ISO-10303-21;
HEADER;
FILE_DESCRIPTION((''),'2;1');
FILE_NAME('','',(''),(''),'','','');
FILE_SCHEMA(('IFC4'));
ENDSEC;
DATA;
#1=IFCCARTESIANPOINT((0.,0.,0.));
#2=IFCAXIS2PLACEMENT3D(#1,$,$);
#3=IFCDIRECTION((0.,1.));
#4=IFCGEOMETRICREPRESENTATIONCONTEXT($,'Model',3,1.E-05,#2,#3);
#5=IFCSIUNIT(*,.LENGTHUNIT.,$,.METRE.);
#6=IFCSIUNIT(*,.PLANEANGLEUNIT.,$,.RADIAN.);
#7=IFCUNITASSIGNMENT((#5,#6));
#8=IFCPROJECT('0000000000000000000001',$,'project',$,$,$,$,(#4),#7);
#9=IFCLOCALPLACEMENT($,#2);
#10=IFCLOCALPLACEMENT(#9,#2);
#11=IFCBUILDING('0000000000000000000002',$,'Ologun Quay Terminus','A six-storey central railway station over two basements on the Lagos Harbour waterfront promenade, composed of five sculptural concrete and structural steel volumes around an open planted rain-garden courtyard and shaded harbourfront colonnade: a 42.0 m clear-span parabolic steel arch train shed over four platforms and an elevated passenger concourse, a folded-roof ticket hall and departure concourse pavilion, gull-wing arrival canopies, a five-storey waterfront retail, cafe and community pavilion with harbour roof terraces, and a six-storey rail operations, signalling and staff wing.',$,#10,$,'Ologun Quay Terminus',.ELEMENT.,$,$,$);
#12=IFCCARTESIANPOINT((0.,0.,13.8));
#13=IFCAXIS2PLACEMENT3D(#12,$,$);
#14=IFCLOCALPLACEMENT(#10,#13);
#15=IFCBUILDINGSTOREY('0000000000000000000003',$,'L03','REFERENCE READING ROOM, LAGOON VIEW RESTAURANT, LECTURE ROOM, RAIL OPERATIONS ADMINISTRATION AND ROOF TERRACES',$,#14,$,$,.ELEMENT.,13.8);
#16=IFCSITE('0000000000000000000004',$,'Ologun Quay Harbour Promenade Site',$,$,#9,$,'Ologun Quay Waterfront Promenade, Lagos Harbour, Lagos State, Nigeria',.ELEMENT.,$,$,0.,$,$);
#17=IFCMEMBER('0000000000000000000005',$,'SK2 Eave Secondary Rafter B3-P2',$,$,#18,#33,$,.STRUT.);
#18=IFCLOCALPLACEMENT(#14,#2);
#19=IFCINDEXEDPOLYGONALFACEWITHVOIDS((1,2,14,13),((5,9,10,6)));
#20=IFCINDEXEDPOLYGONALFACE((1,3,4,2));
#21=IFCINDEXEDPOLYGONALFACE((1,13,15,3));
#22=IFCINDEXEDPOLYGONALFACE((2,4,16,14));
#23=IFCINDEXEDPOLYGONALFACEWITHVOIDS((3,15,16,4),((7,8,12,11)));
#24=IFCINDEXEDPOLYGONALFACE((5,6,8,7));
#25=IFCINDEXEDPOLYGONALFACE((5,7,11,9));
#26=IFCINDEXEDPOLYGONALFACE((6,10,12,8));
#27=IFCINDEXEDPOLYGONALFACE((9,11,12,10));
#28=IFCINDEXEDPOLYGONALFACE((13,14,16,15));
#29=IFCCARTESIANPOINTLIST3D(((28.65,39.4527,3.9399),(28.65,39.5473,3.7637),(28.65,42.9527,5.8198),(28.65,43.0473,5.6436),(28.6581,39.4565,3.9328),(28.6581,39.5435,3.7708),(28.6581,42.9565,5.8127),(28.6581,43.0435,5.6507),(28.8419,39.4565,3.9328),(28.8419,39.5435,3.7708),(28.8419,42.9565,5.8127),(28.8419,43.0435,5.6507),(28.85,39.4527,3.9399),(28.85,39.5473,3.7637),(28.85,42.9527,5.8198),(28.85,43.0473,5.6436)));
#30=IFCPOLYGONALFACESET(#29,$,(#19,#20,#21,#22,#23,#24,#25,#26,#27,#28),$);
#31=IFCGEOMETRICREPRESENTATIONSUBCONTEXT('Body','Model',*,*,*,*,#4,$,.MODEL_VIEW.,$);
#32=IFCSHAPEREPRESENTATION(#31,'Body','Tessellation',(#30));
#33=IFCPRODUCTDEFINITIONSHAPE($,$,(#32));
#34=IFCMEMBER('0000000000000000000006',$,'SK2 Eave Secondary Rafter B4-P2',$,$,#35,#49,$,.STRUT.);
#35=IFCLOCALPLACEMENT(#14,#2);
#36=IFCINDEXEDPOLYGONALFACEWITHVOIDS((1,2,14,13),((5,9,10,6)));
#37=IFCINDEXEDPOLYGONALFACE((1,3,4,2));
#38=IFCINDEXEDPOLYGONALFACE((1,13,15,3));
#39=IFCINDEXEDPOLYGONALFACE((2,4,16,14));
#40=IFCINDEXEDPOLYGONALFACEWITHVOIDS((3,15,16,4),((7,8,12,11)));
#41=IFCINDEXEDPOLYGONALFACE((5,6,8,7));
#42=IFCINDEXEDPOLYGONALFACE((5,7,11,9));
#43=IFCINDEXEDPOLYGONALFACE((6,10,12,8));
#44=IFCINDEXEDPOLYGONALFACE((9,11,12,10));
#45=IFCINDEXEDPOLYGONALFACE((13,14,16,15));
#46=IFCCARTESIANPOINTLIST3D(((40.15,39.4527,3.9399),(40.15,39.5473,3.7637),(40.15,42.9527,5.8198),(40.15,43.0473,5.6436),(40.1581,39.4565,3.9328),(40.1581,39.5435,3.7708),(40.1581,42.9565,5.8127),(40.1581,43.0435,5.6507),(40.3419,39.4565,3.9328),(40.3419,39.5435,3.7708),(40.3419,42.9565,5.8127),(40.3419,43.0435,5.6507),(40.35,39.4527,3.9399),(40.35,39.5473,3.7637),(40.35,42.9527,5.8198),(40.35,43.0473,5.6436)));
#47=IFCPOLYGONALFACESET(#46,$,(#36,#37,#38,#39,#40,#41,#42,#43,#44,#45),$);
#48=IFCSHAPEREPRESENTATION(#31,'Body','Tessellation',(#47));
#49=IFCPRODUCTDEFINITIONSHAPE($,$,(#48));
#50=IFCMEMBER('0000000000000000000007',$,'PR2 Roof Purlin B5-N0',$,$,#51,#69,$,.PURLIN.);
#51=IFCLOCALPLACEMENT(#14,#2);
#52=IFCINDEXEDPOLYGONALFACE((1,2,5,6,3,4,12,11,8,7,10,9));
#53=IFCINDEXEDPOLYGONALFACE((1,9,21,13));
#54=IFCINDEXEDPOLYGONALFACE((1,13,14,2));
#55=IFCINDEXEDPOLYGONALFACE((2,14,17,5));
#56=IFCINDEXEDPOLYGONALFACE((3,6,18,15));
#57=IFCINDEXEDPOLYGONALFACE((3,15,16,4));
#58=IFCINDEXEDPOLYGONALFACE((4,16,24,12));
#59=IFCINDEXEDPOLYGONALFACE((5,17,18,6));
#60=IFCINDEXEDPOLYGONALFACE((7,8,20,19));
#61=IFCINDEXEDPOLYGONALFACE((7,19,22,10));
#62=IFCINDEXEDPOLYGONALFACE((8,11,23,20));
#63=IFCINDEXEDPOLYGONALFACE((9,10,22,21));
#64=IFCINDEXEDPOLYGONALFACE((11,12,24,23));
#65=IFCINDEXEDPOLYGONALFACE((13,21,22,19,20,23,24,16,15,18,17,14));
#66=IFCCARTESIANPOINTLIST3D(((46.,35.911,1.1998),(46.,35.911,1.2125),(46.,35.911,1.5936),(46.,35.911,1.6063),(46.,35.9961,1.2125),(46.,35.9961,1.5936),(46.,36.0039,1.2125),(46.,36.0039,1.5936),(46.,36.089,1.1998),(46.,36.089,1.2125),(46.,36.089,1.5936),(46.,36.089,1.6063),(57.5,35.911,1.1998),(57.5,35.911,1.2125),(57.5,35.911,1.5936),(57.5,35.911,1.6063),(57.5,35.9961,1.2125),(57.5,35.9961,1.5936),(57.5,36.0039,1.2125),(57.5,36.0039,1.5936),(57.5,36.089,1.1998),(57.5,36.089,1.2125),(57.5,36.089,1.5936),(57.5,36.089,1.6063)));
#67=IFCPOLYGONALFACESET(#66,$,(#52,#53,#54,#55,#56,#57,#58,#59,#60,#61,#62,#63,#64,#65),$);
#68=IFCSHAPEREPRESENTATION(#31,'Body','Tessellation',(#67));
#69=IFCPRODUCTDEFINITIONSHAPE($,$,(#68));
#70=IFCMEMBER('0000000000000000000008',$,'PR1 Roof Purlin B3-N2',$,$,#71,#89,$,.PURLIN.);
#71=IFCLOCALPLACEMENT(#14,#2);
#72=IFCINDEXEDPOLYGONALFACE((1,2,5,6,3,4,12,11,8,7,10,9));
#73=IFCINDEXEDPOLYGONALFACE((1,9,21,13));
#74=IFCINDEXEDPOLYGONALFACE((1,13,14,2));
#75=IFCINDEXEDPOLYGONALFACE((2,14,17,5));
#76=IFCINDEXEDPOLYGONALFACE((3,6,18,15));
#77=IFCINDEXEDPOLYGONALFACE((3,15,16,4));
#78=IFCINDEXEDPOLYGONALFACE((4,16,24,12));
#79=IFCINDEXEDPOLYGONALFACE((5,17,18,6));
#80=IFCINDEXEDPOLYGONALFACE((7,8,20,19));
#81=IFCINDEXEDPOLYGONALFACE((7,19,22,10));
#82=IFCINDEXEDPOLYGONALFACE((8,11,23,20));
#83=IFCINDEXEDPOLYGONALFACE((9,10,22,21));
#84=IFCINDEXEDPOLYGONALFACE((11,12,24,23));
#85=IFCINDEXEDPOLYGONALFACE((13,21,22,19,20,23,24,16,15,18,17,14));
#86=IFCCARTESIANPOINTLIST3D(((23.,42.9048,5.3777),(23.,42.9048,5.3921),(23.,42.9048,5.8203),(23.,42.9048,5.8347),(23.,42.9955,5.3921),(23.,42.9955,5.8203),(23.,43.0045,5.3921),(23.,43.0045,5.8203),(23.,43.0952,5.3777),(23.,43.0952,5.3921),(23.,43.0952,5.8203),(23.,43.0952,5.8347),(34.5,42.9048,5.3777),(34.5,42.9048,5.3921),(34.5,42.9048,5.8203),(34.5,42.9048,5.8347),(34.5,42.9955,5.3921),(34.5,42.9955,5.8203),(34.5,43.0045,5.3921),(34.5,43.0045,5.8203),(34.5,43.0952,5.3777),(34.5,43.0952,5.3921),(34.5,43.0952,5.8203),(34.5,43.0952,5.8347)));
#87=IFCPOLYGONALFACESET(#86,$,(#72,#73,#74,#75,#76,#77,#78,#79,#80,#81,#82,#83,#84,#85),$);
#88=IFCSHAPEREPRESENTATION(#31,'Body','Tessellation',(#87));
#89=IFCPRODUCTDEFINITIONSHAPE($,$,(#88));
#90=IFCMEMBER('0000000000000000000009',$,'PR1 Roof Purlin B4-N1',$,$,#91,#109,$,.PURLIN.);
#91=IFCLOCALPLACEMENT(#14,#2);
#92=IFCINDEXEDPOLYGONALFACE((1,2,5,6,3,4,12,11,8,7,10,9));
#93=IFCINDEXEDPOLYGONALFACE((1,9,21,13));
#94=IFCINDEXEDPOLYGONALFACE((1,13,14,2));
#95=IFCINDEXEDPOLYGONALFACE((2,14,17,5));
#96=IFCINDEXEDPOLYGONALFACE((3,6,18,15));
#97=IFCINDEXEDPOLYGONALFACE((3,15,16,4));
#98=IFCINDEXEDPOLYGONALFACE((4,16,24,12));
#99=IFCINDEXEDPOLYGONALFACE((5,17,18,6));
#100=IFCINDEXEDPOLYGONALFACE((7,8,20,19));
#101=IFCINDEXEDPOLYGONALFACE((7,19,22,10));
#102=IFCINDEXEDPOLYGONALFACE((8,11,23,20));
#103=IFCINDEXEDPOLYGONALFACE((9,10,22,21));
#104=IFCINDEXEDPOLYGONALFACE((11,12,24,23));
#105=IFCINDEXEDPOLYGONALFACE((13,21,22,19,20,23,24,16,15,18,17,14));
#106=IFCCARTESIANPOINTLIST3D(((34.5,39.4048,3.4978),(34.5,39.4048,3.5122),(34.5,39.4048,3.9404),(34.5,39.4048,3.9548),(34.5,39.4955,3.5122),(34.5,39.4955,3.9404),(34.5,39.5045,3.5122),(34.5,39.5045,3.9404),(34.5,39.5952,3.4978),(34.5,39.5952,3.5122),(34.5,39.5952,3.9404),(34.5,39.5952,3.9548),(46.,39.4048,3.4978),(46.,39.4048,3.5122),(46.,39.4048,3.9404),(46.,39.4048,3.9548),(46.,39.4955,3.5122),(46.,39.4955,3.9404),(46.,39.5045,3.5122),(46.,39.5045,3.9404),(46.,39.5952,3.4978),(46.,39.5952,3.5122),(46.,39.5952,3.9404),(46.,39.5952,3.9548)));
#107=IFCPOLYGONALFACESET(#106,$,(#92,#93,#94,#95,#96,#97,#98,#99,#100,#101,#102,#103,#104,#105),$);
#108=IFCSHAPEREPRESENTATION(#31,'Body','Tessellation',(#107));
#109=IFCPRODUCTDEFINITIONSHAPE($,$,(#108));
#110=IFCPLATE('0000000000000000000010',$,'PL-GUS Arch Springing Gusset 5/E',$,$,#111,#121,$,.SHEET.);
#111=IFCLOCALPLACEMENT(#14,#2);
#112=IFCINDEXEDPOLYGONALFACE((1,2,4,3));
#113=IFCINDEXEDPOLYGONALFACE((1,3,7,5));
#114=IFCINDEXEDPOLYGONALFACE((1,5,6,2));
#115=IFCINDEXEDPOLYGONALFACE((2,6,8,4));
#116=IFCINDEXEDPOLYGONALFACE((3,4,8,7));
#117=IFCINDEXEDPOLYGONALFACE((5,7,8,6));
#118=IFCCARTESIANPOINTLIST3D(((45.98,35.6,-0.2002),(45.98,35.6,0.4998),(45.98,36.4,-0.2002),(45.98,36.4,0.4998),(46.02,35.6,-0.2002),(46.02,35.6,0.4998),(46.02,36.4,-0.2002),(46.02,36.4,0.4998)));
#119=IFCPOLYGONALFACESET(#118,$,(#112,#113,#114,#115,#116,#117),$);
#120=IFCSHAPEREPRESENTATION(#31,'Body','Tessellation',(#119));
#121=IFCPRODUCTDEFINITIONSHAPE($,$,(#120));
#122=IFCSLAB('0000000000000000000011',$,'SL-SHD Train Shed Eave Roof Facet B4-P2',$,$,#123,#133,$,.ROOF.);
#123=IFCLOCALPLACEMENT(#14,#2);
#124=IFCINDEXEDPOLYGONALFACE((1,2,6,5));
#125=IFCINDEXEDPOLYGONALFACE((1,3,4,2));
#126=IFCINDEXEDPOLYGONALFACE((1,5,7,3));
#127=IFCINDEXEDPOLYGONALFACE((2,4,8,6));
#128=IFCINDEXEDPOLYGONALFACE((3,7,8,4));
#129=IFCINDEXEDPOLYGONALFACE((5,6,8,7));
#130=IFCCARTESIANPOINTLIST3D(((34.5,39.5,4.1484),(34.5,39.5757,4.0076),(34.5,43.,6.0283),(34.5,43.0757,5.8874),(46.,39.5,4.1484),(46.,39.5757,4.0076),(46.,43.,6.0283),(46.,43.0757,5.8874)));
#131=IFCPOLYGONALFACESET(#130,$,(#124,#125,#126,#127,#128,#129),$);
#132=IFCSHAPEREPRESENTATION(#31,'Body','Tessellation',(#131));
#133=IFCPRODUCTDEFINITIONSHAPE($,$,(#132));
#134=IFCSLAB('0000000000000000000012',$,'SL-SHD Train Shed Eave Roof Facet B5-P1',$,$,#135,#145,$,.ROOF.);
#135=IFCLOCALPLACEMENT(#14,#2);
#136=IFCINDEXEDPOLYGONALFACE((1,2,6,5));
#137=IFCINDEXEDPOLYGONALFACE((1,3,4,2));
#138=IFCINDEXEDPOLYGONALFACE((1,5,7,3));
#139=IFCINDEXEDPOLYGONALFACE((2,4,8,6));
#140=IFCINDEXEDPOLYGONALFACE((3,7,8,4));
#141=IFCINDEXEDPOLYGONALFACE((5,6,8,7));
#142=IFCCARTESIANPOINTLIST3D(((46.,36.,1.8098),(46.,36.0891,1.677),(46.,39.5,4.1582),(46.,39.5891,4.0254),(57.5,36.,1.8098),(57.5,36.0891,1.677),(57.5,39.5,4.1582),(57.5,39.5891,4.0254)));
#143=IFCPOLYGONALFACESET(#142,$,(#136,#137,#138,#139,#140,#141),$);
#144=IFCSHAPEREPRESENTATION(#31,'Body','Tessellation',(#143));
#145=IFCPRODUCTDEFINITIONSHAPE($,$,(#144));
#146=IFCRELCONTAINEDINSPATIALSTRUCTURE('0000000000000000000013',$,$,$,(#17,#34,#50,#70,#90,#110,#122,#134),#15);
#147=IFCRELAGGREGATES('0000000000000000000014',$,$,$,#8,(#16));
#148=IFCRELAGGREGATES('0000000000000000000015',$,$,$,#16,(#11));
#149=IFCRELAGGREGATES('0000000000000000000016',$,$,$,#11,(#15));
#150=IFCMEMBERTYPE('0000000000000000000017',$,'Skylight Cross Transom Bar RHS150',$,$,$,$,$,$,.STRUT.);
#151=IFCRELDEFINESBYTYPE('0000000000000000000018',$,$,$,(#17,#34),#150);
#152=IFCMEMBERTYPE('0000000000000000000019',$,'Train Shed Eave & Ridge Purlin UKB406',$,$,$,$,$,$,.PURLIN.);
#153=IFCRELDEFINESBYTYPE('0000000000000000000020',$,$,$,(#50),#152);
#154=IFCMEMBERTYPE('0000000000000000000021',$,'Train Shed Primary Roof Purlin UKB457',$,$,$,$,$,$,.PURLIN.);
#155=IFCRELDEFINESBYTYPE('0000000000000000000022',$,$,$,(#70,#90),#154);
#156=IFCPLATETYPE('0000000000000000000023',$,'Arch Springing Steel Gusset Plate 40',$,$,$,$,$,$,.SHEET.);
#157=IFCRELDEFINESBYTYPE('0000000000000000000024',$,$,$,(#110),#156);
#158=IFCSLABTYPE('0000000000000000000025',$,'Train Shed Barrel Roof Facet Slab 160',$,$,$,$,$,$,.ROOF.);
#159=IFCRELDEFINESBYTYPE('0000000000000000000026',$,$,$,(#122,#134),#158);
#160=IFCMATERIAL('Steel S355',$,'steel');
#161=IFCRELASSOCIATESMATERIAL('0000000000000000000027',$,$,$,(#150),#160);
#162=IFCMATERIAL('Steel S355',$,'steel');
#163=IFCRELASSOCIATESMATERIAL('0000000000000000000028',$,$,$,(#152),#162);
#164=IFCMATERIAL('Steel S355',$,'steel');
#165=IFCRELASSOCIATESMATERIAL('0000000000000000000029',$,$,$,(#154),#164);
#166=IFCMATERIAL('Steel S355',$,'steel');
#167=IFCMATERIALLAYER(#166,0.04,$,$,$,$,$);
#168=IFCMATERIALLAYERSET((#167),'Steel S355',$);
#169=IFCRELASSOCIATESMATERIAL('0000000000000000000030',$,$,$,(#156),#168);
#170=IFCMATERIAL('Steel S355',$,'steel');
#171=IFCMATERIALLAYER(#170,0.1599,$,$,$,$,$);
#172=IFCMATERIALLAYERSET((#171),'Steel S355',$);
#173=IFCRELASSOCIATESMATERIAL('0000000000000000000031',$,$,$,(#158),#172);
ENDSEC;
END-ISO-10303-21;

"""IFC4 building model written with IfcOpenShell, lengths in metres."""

from ifc_helpers import new_model, si_unit, direction, frame, origin, origin_2d, place, context, subcontext, project, spatial, polyline, rectangle, hollow_rectangle, i_section, outline, extrude, material, layer, layer_set, material_profile, profile_set, type_object, element, save


model = new_model("IFC4")

# Units and contexts
model_context = context("Model", 3, precision=1e-05, world=origin(), true_north=direction((0.0, 1.0)))
body_context = subcontext(model_context, "Body", "Model", "MODEL_VIEW")
ifc_project = project(units=[si_unit("LENGTHUNIT", "METRE"), si_unit("PLANEANGLEUNIT", "RADIAN")], contexts=[model_context])

# Site, building, storey
site_placement = place(None, origin())
site = spatial("IfcSite", under=ifc_project, at=site_placement, Name="Ologun Quay Harbour Promenade Site", LongName="Ologun Quay Waterfront Promenade, Lagos Harbour, Lagos State, Nigeria", CompositionType="ELEMENT", RefElevation=0.0)
building_placement = place(site_placement, origin())
building = spatial("IfcBuilding", under=site, at=building_placement, Name="Ologun Quay Terminus", Description="A six-storey central railway station over two basements on the Lagos Harbour waterfront promenade, composed of five sculptural concrete and structural steel volumes around an open planted rain-garden courtyard and shaded harbourfront colonnade: a 42.0 m clear-span parabolic steel arch train shed over four platforms and an elevated passenger concourse, a folded-roof ticket hall and departure concourse pavilion, gull-wing arrival canopies, a five-storey waterfront retail, cafe and community pavilion with harbour roof terraces, and a six-storey rail operations, signalling and staff wing.", LongName="Ologun Quay Terminus", CompositionType="ELEMENT")
storey_placement = place(building_placement, frame((0.0, 0.0, 13.8)))
storey = spatial("IfcBuildingStorey", under=building, at=storey_placement, Name="L03", Description="REFERENCE READING ROOM, LAGOON VIEW RESTAURANT, LECTURE ROOM, RAIL OPERATIONS ADMINISTRATION AND ROOF TERRACES", CompositionType="ELEMENT", Elevation=13.8)

# Members
ifc_material_1 = material(Name="Steel S355", Category="steel")
ifc_material_profile_1 = material_profile(ifc_material_1, hollow_rectangle(XDim=0.2, YDim=0.2, WallThickness=0.0081, at=origin_2d()), Name="SHS 200x200x8")
ifc_profile_set_1 = profile_set([ifc_material_profile_1], Name="Steel S355")
member_type_1 = type_object("IfcMemberType", Name="Skylight Cross Transom Bar RHS150", PredefinedType="STRUT", material=ifc_profile_set_1)
for number, where, z_axis, x_axis, name in (
    (1, (28.75, 39.5, 3.8518), (0.0, 0.880968, 0.473176), (-1.0, 0.0, 0.0), "SK2 Eave Secondary Rafter B3-P2"),
    (2, (40.25, 39.5, 3.8518), (0.0, 0.880968, 0.473176), (-1.0, 0.0, 0.0), "SK2 Eave Secondary Rafter B4-P2"),
):
    element("IfcMember", number, at=place(storey_placement, frame(where, z_axis=z_axis, x_axis=x_axis)), inside=storey, type_object=member_type_1, Name=name, PredefinedType="STRUT", context=body_context, shape_type="SweptSolid", body=[
        extrude(hollow_rectangle(XDim=0.2, YDim=0.2, WallThickness=0.0081, at=origin_2d()), origin(), (0.0, 0.0, 1.0), 3.9729),
    ])
ifc_material_2 = material(Name="Steel S355", Category="steel")
ifc_material_profile_2 = material_profile(ifc_material_2, i_section(OverallWidth=0.178, OverallDepth=0.4065, WebThickness=0.0078, FlangeThickness=0.0127, at=origin_2d()), Name="UKB 406x178x60")
ifc_profile_set_2 = profile_set([ifc_material_profile_2], Name="Steel S355")
member_type_2 = type_object("IfcMemberType", Name="Train Shed Eave & Ridge Purlin UKB406", PredefinedType="PURLIN", material=ifc_profile_set_2)
member_1_placement = place(storey_placement, frame((46.0, 36.0, 1.4031), z_axis=(1.0, 0.0, 0.0), x_axis=(0.0, 1.0, 0.0)))
element("IfcMember", 3, at=member_1_placement, inside=storey, type_object=member_type_2, Name="PR2 Roof Purlin B5-N0", PredefinedType="PURLIN", context=body_context, shape_type="SweptSolid", body=[
    extrude(i_section(OverallWidth=0.178, OverallDepth=0.4065, WebThickness=0.0078, FlangeThickness=0.0127, at=origin_2d()), origin(), (0.0, 0.0, 1.0), 11.5),
])
ifc_material_3 = material(Name="Steel S355", Category="steel")
ifc_material_profile_3 = material_profile(ifc_material_3, i_section(OverallWidth=0.1904, OverallDepth=0.457, WebThickness=0.009, FlangeThickness=0.0144, at=origin_2d()), Name="UKB 457x191x74")
ifc_profile_set_3 = profile_set([ifc_material_profile_3], Name="Steel S355")
member_type_3 = type_object("IfcMemberType", Name="Train Shed Primary Roof Purlin UKB457", PredefinedType="PURLIN", material=ifc_profile_set_3)
for number, where, z_axis, x_axis, name in (
    (4, (23.0, 43.0, 5.6062), (1.0, 0.0, 0.0), (0.0, 1.0, 0.0), "PR1 Roof Purlin B3-N2"),
    (5, (34.5, 39.5, 3.7263), (1.0, 0.0, 0.0), (0.0, 1.0, 0.0), "PR1 Roof Purlin B4-N1"),
):
    element("IfcMember", number, at=place(storey_placement, frame(where, z_axis=z_axis, x_axis=x_axis)), inside=storey, type_object=member_type_3, Name=name, PredefinedType="PURLIN", context=body_context, shape_type="SweptSolid", body=[
        extrude(i_section(OverallWidth=0.1904, OverallDepth=0.457, WebThickness=0.009, FlangeThickness=0.0144, at=origin_2d()), origin(), (0.0, 0.0, 1.0), 11.5),
    ])

# Plate
ifc_material_4 = material(Name="Steel S355", Category="steel")
ifc_layer_1 = layer(ifc_material_4, 0.04)
ifc_layer_set_1 = layer_set([ifc_layer_1], Name="Steel S355")
plate_type = type_object("IfcPlateType", Name="Arch Springing Steel Gusset Plate 40", PredefinedType="SHEET", material=ifc_layer_set_1)
plate_placement = place(storey_placement, frame((46.0, 36.0, -0.2002), z_axis=(0.0, 0.0, 1.0), x_axis=(0.0, 1.0, 0.0)))
element("IfcPlate", 6, at=plate_placement, inside=storey, type_object=plate_type, Name="PL-GUS Arch Springing Gusset 5/E", PredefinedType="SHEET", context=body_context, shape_type="SweptSolid", body=[
    extrude(rectangle(XDim=0.8, YDim=0.04, at=origin_2d()), origin(), (0.0, 0.0, 1.0), 0.7),
])

# Slabs
ifc_material_5 = material(Name="Steel S355", Category="steel")
ifc_layer_2 = layer(ifc_material_5, 0.1599)
ifc_layer_set_2 = layer_set([ifc_layer_2], Name="Steel S355")
slab_type = type_object("IfcSlabType", Name="Train Shed Barrel Roof Facet Slab 160", PredefinedType="ROOF", material=ifc_layer_set_2)
slab_1_placement = place(storey_placement, frame((34.5, 39.5, 4.1484), z_axis=(0.0, -0.473176, 0.880968), x_axis=(1.0, 0.0, 0.0)))
element("IfcSlab", 7, at=slab_1_placement, inside=storey, type_object=slab_type, Name="SL-SHD Train Shed Eave Roof Facet B4-P2", PredefinedType="ROOF", context=body_context, shape_type="SweptSolid", body=[
    extrude(outline(polyline([(0.0, 0.0), (11.5, 0.0), (11.5, 3.9729), (0.0, 3.9729), (0.0, 0.0)])), origin(), (0.0, 0.0, -1.0), 0.1599),
])
slab_2_placement = place(storey_placement, frame((46.0, 36.0, 1.8098), z_axis=(0.0, -0.557171, 0.830398), x_axis=(1.0, 0.0, 0.0)))
element("IfcSlab", 8, at=slab_2_placement, inside=storey, type_object=slab_type, Name="SL-SHD Train Shed Eave Roof Facet B5-P1", PredefinedType="ROOF", context=body_context, shape_type="SweptSolid", body=[
    extrude(outline(polyline([(0.0, 0.0), (11.5, 0.0), (11.5, 4.2148), (0.0, 4.2148), (0.0, 0.0)])), origin(), (0.0, 0.0, -1.0), 0.1599),
])

save(model, "model.ifc")
